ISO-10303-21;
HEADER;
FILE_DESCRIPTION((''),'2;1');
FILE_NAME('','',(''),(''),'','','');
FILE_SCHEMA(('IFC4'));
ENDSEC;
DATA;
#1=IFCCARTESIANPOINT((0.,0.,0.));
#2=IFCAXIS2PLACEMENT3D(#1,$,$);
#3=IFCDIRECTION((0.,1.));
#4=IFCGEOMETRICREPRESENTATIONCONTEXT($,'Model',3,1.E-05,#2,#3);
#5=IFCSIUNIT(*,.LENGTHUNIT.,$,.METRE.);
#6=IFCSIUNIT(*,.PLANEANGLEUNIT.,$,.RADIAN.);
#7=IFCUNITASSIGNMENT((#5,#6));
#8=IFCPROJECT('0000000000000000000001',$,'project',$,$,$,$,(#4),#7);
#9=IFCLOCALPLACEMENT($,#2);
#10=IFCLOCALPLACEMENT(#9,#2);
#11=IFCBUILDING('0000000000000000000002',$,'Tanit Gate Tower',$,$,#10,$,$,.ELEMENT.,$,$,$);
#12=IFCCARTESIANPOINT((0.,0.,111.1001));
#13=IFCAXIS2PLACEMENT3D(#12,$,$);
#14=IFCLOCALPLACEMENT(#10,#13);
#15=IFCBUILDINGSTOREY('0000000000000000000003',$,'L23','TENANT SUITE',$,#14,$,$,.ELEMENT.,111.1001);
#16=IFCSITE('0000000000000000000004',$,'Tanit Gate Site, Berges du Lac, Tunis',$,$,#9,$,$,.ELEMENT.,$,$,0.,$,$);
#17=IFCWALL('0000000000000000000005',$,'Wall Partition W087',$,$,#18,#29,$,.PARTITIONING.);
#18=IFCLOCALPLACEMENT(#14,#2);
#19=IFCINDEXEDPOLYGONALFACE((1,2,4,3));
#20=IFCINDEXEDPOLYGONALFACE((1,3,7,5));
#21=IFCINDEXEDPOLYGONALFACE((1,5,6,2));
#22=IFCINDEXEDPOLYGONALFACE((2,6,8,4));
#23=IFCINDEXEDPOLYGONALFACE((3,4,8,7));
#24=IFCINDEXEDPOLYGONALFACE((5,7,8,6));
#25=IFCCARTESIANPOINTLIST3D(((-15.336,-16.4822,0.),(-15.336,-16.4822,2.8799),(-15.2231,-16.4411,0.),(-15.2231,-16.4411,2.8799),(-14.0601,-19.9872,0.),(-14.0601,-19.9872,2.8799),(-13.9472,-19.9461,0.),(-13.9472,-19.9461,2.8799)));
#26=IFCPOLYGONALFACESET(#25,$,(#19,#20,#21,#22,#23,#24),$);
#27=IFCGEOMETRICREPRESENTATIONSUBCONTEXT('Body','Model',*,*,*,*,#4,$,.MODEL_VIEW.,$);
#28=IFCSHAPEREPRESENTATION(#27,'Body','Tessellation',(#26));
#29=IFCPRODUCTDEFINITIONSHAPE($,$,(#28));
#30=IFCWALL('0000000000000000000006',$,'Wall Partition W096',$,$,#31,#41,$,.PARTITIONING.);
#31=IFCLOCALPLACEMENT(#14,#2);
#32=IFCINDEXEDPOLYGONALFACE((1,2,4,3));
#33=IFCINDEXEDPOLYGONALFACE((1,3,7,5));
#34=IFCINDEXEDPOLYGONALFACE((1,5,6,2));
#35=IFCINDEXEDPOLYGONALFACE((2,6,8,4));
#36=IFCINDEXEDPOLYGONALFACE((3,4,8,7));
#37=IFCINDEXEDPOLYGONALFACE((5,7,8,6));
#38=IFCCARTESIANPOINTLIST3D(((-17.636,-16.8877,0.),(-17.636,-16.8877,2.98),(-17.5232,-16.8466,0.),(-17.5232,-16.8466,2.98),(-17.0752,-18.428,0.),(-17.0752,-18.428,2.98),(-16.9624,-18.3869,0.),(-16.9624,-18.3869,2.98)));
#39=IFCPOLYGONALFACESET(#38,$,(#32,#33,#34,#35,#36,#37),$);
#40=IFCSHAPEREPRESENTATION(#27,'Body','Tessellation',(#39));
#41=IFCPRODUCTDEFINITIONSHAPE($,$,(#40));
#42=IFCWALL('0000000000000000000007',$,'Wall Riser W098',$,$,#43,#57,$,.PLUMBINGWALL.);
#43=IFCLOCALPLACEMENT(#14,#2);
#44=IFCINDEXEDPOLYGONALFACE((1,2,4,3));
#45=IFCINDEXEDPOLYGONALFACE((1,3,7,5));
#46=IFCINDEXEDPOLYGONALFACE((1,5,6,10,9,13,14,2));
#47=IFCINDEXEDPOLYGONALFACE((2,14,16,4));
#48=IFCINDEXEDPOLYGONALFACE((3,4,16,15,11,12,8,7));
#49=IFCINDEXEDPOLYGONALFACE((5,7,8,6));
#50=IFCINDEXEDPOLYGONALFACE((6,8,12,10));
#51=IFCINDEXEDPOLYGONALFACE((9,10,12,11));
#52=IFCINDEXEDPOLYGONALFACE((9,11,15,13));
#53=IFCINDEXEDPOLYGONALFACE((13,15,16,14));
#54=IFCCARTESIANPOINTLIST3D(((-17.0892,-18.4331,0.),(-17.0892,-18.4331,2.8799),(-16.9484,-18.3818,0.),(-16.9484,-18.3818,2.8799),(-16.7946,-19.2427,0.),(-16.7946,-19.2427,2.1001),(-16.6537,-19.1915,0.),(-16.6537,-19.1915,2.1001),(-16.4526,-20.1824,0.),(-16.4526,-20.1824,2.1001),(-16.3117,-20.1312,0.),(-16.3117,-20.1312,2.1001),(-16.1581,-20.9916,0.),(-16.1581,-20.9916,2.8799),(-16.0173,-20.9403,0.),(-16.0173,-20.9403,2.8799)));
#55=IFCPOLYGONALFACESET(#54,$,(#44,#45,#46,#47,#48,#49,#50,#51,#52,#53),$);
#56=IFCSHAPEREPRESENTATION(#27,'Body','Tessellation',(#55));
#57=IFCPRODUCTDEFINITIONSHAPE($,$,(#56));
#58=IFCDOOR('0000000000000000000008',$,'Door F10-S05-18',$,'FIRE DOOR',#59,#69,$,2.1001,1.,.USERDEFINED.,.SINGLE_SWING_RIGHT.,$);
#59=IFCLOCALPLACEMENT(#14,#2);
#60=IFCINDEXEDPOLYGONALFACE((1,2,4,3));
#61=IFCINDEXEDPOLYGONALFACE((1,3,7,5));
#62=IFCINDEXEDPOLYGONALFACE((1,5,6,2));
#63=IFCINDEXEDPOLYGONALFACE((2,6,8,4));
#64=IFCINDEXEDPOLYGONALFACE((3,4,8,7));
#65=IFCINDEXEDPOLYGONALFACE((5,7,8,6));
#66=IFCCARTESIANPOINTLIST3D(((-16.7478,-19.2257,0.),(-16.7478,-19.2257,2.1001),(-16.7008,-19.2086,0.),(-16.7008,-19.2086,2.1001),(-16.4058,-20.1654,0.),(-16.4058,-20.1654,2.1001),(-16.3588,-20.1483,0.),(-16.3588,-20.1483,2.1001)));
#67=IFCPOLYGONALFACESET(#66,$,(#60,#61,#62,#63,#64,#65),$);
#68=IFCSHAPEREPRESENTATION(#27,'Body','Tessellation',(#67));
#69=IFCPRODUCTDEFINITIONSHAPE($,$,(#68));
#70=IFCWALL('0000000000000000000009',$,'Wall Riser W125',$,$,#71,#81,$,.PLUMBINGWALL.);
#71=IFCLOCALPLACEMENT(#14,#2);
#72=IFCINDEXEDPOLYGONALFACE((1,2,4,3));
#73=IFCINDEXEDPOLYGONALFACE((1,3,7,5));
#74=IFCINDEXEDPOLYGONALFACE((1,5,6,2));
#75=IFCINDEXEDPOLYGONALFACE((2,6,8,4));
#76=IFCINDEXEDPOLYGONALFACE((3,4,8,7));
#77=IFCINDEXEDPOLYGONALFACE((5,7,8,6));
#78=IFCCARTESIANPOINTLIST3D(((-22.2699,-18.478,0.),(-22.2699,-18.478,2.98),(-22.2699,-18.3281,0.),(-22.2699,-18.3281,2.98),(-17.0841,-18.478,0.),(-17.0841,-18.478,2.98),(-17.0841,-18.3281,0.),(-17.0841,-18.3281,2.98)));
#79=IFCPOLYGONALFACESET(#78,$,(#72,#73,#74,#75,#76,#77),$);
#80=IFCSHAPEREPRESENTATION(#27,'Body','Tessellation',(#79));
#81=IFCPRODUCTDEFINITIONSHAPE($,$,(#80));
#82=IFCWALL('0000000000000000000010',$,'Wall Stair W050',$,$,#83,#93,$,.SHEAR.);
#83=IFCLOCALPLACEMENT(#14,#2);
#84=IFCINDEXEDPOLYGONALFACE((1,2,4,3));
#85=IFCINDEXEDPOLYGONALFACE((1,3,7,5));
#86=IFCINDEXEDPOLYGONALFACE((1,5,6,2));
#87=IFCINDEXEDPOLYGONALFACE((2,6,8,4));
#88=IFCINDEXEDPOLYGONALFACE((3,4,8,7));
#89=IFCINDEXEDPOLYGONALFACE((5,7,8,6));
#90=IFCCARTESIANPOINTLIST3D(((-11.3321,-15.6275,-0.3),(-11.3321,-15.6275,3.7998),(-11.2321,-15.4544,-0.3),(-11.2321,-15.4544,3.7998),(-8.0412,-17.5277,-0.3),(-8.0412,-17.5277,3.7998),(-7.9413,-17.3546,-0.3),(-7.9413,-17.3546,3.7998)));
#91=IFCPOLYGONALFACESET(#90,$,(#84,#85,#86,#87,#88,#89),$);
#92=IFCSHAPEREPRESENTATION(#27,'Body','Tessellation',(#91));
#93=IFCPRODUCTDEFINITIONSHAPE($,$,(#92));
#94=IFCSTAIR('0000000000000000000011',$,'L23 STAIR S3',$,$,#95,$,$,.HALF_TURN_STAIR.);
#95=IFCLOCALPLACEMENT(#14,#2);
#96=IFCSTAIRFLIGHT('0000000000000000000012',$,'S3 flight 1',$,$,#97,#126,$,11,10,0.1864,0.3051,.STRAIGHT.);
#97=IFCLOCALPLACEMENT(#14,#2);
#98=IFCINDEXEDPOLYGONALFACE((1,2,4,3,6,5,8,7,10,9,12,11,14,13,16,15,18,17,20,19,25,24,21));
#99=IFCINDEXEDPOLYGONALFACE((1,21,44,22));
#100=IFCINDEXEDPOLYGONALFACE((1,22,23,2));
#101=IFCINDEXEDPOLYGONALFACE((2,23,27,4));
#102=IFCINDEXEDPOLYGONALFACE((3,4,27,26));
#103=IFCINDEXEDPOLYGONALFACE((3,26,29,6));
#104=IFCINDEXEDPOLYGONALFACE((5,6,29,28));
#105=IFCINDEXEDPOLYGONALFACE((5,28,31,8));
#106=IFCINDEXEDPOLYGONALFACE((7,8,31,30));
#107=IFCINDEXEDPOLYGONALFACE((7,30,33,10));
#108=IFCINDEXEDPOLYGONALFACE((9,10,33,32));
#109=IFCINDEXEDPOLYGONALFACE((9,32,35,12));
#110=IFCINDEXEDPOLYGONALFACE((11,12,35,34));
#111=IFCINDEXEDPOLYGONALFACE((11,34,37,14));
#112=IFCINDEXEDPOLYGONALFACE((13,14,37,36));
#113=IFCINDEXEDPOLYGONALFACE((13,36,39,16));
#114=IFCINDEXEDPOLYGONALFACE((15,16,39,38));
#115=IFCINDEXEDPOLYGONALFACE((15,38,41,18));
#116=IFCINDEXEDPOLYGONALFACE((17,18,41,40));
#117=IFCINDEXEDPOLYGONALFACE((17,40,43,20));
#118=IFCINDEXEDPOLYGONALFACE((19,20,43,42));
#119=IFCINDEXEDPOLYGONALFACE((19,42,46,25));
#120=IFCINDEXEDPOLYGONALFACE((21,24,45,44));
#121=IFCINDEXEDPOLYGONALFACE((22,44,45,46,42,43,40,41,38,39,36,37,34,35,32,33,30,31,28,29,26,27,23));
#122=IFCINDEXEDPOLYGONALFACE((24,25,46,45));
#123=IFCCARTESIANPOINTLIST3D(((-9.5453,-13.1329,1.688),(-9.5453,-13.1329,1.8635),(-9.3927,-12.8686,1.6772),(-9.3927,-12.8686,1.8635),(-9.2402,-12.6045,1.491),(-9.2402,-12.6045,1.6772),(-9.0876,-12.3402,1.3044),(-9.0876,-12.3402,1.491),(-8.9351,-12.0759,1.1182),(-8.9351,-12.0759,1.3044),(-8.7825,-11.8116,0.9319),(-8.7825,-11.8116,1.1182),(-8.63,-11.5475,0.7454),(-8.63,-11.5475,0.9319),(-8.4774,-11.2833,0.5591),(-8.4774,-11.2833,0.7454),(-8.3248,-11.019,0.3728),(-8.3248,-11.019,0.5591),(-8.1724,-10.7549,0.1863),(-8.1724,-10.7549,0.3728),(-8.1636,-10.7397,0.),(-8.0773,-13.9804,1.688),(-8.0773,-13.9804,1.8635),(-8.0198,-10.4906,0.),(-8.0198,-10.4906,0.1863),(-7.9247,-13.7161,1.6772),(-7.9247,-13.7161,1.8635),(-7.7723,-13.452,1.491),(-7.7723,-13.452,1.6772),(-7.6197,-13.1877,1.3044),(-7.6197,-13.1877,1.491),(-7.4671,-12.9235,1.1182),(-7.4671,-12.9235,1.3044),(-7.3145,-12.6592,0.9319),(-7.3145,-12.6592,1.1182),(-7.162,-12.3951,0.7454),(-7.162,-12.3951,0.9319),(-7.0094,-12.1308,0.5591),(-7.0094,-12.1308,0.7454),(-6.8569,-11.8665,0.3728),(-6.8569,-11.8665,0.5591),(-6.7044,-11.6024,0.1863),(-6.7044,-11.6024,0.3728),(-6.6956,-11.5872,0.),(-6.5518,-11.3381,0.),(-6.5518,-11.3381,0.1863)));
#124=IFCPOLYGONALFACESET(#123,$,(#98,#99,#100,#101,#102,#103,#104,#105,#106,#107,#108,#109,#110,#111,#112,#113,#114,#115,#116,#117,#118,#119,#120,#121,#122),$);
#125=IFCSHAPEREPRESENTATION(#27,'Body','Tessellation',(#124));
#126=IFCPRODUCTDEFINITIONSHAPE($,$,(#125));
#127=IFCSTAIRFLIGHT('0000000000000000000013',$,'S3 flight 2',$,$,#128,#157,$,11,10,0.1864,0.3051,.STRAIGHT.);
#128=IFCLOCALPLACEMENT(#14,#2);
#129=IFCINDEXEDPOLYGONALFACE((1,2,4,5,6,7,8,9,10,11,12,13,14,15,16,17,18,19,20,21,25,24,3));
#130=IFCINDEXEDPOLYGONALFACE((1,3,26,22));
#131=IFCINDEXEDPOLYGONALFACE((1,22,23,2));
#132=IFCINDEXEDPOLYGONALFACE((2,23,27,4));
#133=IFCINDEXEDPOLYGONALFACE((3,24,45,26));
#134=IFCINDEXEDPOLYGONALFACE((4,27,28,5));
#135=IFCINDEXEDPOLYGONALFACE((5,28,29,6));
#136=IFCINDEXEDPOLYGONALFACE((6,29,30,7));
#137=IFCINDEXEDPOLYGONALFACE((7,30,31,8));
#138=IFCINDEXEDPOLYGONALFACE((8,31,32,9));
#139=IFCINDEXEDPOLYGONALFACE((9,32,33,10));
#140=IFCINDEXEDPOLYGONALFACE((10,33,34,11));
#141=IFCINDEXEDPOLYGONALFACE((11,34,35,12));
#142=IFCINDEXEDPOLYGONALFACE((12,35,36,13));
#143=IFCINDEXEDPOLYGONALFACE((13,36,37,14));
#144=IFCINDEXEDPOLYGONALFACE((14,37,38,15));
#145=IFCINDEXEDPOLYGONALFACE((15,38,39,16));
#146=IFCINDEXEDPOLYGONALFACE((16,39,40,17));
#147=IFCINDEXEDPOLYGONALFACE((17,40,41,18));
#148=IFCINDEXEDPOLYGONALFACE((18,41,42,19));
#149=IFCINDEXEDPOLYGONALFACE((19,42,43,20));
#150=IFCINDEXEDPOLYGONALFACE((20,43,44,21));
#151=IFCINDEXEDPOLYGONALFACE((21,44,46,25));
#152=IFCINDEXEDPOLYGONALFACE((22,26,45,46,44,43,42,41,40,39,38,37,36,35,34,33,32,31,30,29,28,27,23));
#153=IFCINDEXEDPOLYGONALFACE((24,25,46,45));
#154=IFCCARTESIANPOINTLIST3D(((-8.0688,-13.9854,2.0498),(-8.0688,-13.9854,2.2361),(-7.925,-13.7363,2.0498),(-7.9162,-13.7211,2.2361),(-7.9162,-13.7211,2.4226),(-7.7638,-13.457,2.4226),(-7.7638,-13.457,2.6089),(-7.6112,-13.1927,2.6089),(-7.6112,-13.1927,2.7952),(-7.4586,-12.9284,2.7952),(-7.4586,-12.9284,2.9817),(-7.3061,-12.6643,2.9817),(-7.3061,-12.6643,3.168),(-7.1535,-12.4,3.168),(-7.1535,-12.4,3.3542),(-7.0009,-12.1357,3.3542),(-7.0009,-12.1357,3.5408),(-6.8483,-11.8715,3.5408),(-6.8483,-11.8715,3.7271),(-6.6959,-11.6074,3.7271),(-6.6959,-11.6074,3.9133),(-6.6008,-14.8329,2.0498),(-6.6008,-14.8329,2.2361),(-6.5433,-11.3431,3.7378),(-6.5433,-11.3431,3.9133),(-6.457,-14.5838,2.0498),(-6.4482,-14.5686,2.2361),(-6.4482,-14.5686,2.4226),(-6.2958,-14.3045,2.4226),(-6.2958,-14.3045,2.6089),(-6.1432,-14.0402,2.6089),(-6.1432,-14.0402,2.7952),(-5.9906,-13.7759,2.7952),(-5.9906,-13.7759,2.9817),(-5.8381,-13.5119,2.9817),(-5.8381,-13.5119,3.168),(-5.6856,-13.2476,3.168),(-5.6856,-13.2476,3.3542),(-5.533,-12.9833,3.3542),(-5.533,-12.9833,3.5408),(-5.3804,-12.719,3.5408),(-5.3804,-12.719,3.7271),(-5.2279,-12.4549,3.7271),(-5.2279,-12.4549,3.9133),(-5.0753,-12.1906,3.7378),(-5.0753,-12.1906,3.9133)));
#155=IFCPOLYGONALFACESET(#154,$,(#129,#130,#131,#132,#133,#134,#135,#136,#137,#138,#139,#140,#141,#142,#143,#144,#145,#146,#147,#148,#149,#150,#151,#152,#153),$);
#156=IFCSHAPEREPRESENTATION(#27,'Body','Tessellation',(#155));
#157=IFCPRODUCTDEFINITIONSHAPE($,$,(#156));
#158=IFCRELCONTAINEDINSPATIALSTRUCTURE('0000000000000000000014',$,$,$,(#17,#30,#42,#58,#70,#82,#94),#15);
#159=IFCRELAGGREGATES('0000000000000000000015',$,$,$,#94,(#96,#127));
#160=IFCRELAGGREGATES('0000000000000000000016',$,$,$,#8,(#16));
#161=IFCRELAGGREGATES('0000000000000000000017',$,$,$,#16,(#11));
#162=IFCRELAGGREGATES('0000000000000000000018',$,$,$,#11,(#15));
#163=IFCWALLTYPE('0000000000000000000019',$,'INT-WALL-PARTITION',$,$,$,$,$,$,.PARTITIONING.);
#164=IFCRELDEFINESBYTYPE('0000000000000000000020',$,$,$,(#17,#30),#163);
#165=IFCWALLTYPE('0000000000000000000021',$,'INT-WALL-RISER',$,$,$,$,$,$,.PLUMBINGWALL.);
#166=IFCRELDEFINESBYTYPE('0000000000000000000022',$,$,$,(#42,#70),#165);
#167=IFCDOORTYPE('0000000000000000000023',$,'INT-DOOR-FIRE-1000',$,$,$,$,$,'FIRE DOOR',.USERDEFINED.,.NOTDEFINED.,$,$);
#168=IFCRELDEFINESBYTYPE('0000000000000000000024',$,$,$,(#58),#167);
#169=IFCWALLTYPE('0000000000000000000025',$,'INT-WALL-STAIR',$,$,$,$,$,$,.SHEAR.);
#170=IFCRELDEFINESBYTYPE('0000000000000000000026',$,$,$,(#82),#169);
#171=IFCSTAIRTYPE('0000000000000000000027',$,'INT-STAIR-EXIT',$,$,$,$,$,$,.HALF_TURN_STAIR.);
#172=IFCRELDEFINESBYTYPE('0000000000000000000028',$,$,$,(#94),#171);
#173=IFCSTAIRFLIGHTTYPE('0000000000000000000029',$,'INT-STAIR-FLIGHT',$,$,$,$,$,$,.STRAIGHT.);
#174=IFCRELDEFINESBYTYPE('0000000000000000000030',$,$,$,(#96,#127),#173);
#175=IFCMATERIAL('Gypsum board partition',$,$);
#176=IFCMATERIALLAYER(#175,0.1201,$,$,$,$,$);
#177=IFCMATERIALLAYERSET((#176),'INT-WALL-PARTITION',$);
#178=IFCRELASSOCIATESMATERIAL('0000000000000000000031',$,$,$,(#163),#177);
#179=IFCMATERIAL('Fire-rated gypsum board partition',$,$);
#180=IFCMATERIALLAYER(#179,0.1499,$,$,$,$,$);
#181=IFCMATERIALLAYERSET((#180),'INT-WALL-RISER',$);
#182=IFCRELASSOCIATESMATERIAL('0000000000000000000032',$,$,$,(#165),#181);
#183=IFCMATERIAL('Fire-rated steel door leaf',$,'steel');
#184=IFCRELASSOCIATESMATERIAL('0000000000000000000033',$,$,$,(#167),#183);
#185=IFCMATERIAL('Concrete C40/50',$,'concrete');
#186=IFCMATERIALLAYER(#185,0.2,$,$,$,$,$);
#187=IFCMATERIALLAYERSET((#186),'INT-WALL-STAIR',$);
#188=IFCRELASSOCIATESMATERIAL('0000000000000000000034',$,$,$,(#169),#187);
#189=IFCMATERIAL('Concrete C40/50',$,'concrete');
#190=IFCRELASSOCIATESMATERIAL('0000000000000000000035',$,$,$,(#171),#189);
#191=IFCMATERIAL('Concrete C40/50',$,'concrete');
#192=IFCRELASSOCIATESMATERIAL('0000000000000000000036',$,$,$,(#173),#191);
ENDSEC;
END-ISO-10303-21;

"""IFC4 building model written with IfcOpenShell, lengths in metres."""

from ifc_helpers import new_model, si_unit, direction, frame, frame_2d, origin, place, context, subcontext, project, spatial, polyline, rectangle, outline, extrude, material, layer, layer_set, type_object, element, fill, aggregate, save


model = new_model("IFC4")

# Units and contexts
model_context = context("Model", 3, precision=1e-05, world=origin(), true_north=direction((0.0, 1.0)))
body_context = subcontext(model_context, "Body", "Model", "MODEL_VIEW")
ifc_project = project(units=[si_unit("LENGTHUNIT", "METRE"), si_unit("PLANEANGLEUNIT", "RADIAN")], contexts=[model_context])

# Site, building, storey
site_placement = place(None, origin())
site = spatial("IfcSite", under=ifc_project, at=site_placement, Name="Tanit Gate Site, Berges du Lac, Tunis", CompositionType="ELEMENT", RefElevation=0.0)
building_placement = place(site_placement, origin())
building = spatial("IfcBuilding", under=site, at=building_placement, Name="Tanit Gate Tower", CompositionType="ELEMENT")
storey_placement = place(building_placement, frame((0.0, 0.0, 111.1001)))
storey = spatial("IfcBuildingStorey", under=building, at=storey_placement, Name="L23", Description="TENANT SUITE", CompositionType="ELEMENT", Elevation=111.1001)

# Walls
ifc_material_1 = material(Name="Gypsum board partition")
ifc_layer_1 = layer(ifc_material_1, 0.1201)
ifc_layer_set_1 = layer_set([ifc_layer_1], Name="INT-WALL-PARTITION")
wall_type_1 = type_object("IfcWallType", Name="INT-WALL-PARTITION", PredefinedType="PARTITIONING", material=ifc_layer_set_1)
wall_1_placement = place(storey_placement, frame((-15.2795, -16.4617, 0.0), z_axis=(0.0, 0.0, 1.0), x_axis=(0.342069, -0.939675, 0.0)))
element("IfcWall", 1, at=wall_1_placement, inside=storey, type_object=wall_type_1, Name="Wall Partition W087", PredefinedType="PARTITIONING", context=body_context, shape_type="SweptSolid", body=[
    extrude(rectangle(XDim=3.73, YDim=0.1201, at=frame_2d((1.865, 0.0))), origin(), (0.0, 0.0, 1.0), 2.8799),
])
wall_2_placement = place(storey_placement, frame((-17.5796, -16.8672, 0.0), z_axis=(0.0, 0.0, 1.0), x_axis=(0.342114, -0.939659, 0.0)))
element("IfcWall", 2, at=wall_2_placement, inside=storey, type_object=wall_type_1, Name="Wall Partition W096", PredefinedType="PARTITIONING", context=body_context, shape_type="SweptSolid", body=[
    extrude(rectangle(XDim=1.6392, YDim=0.1201, at=frame_2d((0.8196, 0.0))), origin(), (0.0, 0.0, 1.0), 2.98),
])

# Wall, opening, door
ifc_material_2 = material(Name="Fire-rated gypsum board partition")
ifc_layer_2 = layer(ifc_material_2, 0.1499)
ifc_layer_set_2 = layer_set([ifc_layer_2], Name="INT-WALL-RISER")
wall_type_2 = type_object("IfcWallType", Name="INT-WALL-RISER", PredefinedType="PLUMBINGWALL", material=ifc_layer_set_2)
wall_3_placement = place(storey_placement, frame((-17.0188, -18.4075, 0.0), z_axis=(0.0, 0.0, 1.0), x_axis=(0.341988, -0.939704, 0.0)))
wall_3 = element("IfcWall", 3, at=wall_3_placement, inside=storey, type_object=wall_type_2, Name="Wall Riser W098", PredefinedType="PLUMBINGWALL", context=body_context, shape_type="SweptSolid", body=[
    extrude(rectangle(XDim=2.7227, YDim=0.1499, at=frame_2d((1.3613, 0.0))), origin(), (0.0, 0.0, 1.0), 2.8799),
])
opening_1_placement = place(wall_3_placement, frame((0.8616, 0.0, 0.0)))
opening_1 = element("IfcOpeningElement", 4, at=opening_1_placement, cuts=wall_3, PredefinedType="OPENING", context=body_context, shape_type="SweptSolid", body=[
    extrude(rectangle(XDim=1.0, YDim=2.1001, at=frame_2d((0.5, 1.05))), frame((0.0, 0.085, 0.0), z_axis=(0.0, -1.0, 0.0), x_axis=(1.0, 0.0, 0.0)), (0.0, 0.0, 1.0), 0.1699),
])
ifc_material_3 = material(Name="Fire-rated steel door leaf", Category="steel")
door_type_1 = type_object("IfcDoorType", Name="INT-DOOR-FIRE-1000", ElementType="FIRE DOOR", OperationType="NOTDEFINED", PredefinedType="USERDEFINED", material=ifc_material_3)
door_1_placement = place(opening_1_placement, origin())
door_1 = element("IfcDoor", 5, at=door_1_placement, inside=storey, type_object=door_type_1, Name="Door F10-S05-18", ObjectType="FIRE DOOR", OperationType="SINGLE_SWING_RIGHT", OverallHeight=2.1001, OverallWidth=1.0, PredefinedType="USERDEFINED", context=body_context, shape_type="SweptSolid", body=[
    extrude(rectangle(XDim=1.0, YDim=2.1001, at=frame_2d((0.5, 1.05))), frame((0.0, 0.0249, 0.0), z_axis=(0.0, -1.0, 0.0), x_axis=(1.0, 0.0, 0.0)), (0.0, 0.0, 1.0), 0.05),
])
fill(opening_1, door_1)

# Walls
wall_4_placement = place(storey_placement, frame((-17.0842, -18.4031, 0.0), z_axis=(0.0, 0.0, 1.0), x_axis=(-1.0, 0.0, 0.0)))
element("IfcWall", 6, at=wall_4_placement, inside=storey, type_object=wall_type_2, Name="Wall Riser W125", PredefinedType="PLUMBINGWALL", context=body_context, shape_type="SweptSolid", body=[
    extrude(rectangle(XDim=5.1858, YDim=0.1499, at=frame_2d((2.5928, 0.0))), origin(), (0.0, 0.0, 1.0), 2.98),
])
ifc_material_4 = material(Name="Concrete C40/50", Category="concrete")
ifc_layer_3 = layer(ifc_material_4, 0.2)
ifc_layer_set_3 = layer_set([ifc_layer_3], Name="INT-WALL-STAIR")
wall_type_3 = type_object("IfcWallType", Name="INT-WALL-STAIR", PredefinedType="SHEAR", material=ifc_layer_set_3)
wall_5_placement = place(storey_placement, frame((-11.282, -15.541, -0.3), z_axis=(0.0, 0.0, 1.0), x_axis=(0.866, -0.500043, 0.0)))
element("IfcWall", 7, at=wall_5_placement, inside=storey, type_object=wall_type_3, Name="Wall Stair W050", PredefinedType="SHEAR", context=body_context, shape_type="SweptSolid", body=[
    extrude(rectangle(XDim=3.8, YDim=0.2, at=frame_2d((1.8999, 0.0))), origin(), (0.0, 0.0, 1.0), 4.0999),
])

# Stair, stair flights
ifc_material_5 = material(Name="Concrete C40/50", Category="concrete")
stair_type = type_object("IfcStairType", Name="INT-STAIR-EXIT", PredefinedType="HALF_TURN_STAIR", material=ifc_material_5)
stair_placement = place(storey_placement, origin())
stair = element("IfcStair", 8, at=stair_placement, inside=storey, type_object=stair_type, Name="L23 STAIR S3", PredefinedType="HALF_TURN_STAIR")
ifc_material_6 = material(Name="Concrete C40/50", Category="concrete")
stair_flight_type = type_object("IfcStairFlightType", Name="INT-STAIR-FLIGHT", PredefinedType="STRAIGHT", material=ifc_material_6)
stair_flight_1_placement = place(storey_placement, frame((-7.2859, -10.9143, 0.0), z_axis=(0.0, 0.0, 1.0), x_axis=(-0.5, -0.866025, 0.0)))
stair_flight_1 = element("IfcStairFlight", 9, at=stair_flight_1_placement, type_object=stair_flight_type, Name="S3 flight 1", NumberOfRisers=11, NumberOfTreads=10, PredefinedType="STRAIGHT", RiserHeight=0.1864, TreadLength=0.3051, context=body_context, shape_type="SweptSolid", body=[
    extrude(outline(polyline([(0.0, 0.0), (0.0, 0.1863), (0.3052, 0.1863), (0.3052, 0.3728), (0.6101, 0.3728), (0.6101, 0.5591), (0.9153, 0.5591), (0.9153, 0.7454), (1.2205, 0.7454), (1.2205, 0.9319), (1.5254, 0.9319), (1.5254, 1.1182), (1.8306, 1.1182), (1.8306, 1.3044), (2.1357, 1.3044), (2.1357, 1.491), (2.4409, 1.491), (2.4409, 1.6772), (2.7458, 1.6772), (2.7458, 1.8635), (3.051, 1.8635), (3.051, 2.05), (3.051, 1.688), (0.2876, 0.0), (0.0, 0.0)])), frame((0.0, 0.8477, 0.0), z_axis=(0.0, -1.0, 0.0), x_axis=(1.0, 0.0, 0.0)), (0.0, 0.0, 1.0), 1.6951),
])
stair_flight_2_placement = place(storey_placement, frame((-7.3347, -14.4092, 2.0498), z_axis=(0.0, 0.0, 1.0), x_axis=(0.5, 0.866025, 0.0)))
stair_flight_2 = element("IfcStairFlight", 10, at=stair_flight_2_placement, type_object=stair_flight_type, Name="S3 flight 2", NumberOfRisers=11, NumberOfTreads=10, PredefinedType="STRAIGHT", RiserHeight=0.1864, TreadLength=0.3051, context=body_context, shape_type="SweptSolid", body=[
    extrude(outline(polyline([(0.0, 0.0), (0.0, 0.1863), (0.3052, 0.1863), (0.3052, 0.3728), (0.6101, 0.3728), (0.6101, 0.5591), (0.9153, 0.5591), (0.9153, 0.7454), (1.2205, 0.7454), (1.2205, 0.9319), (1.5254, 0.9319), (1.5254, 1.1182), (1.8306, 1.1182), (1.8306, 1.3044), (2.1357, 1.3044), (2.1357, 1.491), (2.4409, 1.491), (2.4409, 1.6772), (2.7458, 1.6772), (2.7458, 1.8635), (3.051, 1.8635), (3.051, 2.05), (3.051, 1.688), (0.2876, 0.0), (0.0, 0.0)])), frame((0.0, 0.8477, 0.0), z_axis=(0.0, -1.0, 0.0), x_axis=(1.0, 0.0, 0.0)), (0.0, 0.0, 1.0), 1.6951),
])
aggregate(stair, [stair_flight_1, stair_flight_2])

save(model, "model.ifc")
